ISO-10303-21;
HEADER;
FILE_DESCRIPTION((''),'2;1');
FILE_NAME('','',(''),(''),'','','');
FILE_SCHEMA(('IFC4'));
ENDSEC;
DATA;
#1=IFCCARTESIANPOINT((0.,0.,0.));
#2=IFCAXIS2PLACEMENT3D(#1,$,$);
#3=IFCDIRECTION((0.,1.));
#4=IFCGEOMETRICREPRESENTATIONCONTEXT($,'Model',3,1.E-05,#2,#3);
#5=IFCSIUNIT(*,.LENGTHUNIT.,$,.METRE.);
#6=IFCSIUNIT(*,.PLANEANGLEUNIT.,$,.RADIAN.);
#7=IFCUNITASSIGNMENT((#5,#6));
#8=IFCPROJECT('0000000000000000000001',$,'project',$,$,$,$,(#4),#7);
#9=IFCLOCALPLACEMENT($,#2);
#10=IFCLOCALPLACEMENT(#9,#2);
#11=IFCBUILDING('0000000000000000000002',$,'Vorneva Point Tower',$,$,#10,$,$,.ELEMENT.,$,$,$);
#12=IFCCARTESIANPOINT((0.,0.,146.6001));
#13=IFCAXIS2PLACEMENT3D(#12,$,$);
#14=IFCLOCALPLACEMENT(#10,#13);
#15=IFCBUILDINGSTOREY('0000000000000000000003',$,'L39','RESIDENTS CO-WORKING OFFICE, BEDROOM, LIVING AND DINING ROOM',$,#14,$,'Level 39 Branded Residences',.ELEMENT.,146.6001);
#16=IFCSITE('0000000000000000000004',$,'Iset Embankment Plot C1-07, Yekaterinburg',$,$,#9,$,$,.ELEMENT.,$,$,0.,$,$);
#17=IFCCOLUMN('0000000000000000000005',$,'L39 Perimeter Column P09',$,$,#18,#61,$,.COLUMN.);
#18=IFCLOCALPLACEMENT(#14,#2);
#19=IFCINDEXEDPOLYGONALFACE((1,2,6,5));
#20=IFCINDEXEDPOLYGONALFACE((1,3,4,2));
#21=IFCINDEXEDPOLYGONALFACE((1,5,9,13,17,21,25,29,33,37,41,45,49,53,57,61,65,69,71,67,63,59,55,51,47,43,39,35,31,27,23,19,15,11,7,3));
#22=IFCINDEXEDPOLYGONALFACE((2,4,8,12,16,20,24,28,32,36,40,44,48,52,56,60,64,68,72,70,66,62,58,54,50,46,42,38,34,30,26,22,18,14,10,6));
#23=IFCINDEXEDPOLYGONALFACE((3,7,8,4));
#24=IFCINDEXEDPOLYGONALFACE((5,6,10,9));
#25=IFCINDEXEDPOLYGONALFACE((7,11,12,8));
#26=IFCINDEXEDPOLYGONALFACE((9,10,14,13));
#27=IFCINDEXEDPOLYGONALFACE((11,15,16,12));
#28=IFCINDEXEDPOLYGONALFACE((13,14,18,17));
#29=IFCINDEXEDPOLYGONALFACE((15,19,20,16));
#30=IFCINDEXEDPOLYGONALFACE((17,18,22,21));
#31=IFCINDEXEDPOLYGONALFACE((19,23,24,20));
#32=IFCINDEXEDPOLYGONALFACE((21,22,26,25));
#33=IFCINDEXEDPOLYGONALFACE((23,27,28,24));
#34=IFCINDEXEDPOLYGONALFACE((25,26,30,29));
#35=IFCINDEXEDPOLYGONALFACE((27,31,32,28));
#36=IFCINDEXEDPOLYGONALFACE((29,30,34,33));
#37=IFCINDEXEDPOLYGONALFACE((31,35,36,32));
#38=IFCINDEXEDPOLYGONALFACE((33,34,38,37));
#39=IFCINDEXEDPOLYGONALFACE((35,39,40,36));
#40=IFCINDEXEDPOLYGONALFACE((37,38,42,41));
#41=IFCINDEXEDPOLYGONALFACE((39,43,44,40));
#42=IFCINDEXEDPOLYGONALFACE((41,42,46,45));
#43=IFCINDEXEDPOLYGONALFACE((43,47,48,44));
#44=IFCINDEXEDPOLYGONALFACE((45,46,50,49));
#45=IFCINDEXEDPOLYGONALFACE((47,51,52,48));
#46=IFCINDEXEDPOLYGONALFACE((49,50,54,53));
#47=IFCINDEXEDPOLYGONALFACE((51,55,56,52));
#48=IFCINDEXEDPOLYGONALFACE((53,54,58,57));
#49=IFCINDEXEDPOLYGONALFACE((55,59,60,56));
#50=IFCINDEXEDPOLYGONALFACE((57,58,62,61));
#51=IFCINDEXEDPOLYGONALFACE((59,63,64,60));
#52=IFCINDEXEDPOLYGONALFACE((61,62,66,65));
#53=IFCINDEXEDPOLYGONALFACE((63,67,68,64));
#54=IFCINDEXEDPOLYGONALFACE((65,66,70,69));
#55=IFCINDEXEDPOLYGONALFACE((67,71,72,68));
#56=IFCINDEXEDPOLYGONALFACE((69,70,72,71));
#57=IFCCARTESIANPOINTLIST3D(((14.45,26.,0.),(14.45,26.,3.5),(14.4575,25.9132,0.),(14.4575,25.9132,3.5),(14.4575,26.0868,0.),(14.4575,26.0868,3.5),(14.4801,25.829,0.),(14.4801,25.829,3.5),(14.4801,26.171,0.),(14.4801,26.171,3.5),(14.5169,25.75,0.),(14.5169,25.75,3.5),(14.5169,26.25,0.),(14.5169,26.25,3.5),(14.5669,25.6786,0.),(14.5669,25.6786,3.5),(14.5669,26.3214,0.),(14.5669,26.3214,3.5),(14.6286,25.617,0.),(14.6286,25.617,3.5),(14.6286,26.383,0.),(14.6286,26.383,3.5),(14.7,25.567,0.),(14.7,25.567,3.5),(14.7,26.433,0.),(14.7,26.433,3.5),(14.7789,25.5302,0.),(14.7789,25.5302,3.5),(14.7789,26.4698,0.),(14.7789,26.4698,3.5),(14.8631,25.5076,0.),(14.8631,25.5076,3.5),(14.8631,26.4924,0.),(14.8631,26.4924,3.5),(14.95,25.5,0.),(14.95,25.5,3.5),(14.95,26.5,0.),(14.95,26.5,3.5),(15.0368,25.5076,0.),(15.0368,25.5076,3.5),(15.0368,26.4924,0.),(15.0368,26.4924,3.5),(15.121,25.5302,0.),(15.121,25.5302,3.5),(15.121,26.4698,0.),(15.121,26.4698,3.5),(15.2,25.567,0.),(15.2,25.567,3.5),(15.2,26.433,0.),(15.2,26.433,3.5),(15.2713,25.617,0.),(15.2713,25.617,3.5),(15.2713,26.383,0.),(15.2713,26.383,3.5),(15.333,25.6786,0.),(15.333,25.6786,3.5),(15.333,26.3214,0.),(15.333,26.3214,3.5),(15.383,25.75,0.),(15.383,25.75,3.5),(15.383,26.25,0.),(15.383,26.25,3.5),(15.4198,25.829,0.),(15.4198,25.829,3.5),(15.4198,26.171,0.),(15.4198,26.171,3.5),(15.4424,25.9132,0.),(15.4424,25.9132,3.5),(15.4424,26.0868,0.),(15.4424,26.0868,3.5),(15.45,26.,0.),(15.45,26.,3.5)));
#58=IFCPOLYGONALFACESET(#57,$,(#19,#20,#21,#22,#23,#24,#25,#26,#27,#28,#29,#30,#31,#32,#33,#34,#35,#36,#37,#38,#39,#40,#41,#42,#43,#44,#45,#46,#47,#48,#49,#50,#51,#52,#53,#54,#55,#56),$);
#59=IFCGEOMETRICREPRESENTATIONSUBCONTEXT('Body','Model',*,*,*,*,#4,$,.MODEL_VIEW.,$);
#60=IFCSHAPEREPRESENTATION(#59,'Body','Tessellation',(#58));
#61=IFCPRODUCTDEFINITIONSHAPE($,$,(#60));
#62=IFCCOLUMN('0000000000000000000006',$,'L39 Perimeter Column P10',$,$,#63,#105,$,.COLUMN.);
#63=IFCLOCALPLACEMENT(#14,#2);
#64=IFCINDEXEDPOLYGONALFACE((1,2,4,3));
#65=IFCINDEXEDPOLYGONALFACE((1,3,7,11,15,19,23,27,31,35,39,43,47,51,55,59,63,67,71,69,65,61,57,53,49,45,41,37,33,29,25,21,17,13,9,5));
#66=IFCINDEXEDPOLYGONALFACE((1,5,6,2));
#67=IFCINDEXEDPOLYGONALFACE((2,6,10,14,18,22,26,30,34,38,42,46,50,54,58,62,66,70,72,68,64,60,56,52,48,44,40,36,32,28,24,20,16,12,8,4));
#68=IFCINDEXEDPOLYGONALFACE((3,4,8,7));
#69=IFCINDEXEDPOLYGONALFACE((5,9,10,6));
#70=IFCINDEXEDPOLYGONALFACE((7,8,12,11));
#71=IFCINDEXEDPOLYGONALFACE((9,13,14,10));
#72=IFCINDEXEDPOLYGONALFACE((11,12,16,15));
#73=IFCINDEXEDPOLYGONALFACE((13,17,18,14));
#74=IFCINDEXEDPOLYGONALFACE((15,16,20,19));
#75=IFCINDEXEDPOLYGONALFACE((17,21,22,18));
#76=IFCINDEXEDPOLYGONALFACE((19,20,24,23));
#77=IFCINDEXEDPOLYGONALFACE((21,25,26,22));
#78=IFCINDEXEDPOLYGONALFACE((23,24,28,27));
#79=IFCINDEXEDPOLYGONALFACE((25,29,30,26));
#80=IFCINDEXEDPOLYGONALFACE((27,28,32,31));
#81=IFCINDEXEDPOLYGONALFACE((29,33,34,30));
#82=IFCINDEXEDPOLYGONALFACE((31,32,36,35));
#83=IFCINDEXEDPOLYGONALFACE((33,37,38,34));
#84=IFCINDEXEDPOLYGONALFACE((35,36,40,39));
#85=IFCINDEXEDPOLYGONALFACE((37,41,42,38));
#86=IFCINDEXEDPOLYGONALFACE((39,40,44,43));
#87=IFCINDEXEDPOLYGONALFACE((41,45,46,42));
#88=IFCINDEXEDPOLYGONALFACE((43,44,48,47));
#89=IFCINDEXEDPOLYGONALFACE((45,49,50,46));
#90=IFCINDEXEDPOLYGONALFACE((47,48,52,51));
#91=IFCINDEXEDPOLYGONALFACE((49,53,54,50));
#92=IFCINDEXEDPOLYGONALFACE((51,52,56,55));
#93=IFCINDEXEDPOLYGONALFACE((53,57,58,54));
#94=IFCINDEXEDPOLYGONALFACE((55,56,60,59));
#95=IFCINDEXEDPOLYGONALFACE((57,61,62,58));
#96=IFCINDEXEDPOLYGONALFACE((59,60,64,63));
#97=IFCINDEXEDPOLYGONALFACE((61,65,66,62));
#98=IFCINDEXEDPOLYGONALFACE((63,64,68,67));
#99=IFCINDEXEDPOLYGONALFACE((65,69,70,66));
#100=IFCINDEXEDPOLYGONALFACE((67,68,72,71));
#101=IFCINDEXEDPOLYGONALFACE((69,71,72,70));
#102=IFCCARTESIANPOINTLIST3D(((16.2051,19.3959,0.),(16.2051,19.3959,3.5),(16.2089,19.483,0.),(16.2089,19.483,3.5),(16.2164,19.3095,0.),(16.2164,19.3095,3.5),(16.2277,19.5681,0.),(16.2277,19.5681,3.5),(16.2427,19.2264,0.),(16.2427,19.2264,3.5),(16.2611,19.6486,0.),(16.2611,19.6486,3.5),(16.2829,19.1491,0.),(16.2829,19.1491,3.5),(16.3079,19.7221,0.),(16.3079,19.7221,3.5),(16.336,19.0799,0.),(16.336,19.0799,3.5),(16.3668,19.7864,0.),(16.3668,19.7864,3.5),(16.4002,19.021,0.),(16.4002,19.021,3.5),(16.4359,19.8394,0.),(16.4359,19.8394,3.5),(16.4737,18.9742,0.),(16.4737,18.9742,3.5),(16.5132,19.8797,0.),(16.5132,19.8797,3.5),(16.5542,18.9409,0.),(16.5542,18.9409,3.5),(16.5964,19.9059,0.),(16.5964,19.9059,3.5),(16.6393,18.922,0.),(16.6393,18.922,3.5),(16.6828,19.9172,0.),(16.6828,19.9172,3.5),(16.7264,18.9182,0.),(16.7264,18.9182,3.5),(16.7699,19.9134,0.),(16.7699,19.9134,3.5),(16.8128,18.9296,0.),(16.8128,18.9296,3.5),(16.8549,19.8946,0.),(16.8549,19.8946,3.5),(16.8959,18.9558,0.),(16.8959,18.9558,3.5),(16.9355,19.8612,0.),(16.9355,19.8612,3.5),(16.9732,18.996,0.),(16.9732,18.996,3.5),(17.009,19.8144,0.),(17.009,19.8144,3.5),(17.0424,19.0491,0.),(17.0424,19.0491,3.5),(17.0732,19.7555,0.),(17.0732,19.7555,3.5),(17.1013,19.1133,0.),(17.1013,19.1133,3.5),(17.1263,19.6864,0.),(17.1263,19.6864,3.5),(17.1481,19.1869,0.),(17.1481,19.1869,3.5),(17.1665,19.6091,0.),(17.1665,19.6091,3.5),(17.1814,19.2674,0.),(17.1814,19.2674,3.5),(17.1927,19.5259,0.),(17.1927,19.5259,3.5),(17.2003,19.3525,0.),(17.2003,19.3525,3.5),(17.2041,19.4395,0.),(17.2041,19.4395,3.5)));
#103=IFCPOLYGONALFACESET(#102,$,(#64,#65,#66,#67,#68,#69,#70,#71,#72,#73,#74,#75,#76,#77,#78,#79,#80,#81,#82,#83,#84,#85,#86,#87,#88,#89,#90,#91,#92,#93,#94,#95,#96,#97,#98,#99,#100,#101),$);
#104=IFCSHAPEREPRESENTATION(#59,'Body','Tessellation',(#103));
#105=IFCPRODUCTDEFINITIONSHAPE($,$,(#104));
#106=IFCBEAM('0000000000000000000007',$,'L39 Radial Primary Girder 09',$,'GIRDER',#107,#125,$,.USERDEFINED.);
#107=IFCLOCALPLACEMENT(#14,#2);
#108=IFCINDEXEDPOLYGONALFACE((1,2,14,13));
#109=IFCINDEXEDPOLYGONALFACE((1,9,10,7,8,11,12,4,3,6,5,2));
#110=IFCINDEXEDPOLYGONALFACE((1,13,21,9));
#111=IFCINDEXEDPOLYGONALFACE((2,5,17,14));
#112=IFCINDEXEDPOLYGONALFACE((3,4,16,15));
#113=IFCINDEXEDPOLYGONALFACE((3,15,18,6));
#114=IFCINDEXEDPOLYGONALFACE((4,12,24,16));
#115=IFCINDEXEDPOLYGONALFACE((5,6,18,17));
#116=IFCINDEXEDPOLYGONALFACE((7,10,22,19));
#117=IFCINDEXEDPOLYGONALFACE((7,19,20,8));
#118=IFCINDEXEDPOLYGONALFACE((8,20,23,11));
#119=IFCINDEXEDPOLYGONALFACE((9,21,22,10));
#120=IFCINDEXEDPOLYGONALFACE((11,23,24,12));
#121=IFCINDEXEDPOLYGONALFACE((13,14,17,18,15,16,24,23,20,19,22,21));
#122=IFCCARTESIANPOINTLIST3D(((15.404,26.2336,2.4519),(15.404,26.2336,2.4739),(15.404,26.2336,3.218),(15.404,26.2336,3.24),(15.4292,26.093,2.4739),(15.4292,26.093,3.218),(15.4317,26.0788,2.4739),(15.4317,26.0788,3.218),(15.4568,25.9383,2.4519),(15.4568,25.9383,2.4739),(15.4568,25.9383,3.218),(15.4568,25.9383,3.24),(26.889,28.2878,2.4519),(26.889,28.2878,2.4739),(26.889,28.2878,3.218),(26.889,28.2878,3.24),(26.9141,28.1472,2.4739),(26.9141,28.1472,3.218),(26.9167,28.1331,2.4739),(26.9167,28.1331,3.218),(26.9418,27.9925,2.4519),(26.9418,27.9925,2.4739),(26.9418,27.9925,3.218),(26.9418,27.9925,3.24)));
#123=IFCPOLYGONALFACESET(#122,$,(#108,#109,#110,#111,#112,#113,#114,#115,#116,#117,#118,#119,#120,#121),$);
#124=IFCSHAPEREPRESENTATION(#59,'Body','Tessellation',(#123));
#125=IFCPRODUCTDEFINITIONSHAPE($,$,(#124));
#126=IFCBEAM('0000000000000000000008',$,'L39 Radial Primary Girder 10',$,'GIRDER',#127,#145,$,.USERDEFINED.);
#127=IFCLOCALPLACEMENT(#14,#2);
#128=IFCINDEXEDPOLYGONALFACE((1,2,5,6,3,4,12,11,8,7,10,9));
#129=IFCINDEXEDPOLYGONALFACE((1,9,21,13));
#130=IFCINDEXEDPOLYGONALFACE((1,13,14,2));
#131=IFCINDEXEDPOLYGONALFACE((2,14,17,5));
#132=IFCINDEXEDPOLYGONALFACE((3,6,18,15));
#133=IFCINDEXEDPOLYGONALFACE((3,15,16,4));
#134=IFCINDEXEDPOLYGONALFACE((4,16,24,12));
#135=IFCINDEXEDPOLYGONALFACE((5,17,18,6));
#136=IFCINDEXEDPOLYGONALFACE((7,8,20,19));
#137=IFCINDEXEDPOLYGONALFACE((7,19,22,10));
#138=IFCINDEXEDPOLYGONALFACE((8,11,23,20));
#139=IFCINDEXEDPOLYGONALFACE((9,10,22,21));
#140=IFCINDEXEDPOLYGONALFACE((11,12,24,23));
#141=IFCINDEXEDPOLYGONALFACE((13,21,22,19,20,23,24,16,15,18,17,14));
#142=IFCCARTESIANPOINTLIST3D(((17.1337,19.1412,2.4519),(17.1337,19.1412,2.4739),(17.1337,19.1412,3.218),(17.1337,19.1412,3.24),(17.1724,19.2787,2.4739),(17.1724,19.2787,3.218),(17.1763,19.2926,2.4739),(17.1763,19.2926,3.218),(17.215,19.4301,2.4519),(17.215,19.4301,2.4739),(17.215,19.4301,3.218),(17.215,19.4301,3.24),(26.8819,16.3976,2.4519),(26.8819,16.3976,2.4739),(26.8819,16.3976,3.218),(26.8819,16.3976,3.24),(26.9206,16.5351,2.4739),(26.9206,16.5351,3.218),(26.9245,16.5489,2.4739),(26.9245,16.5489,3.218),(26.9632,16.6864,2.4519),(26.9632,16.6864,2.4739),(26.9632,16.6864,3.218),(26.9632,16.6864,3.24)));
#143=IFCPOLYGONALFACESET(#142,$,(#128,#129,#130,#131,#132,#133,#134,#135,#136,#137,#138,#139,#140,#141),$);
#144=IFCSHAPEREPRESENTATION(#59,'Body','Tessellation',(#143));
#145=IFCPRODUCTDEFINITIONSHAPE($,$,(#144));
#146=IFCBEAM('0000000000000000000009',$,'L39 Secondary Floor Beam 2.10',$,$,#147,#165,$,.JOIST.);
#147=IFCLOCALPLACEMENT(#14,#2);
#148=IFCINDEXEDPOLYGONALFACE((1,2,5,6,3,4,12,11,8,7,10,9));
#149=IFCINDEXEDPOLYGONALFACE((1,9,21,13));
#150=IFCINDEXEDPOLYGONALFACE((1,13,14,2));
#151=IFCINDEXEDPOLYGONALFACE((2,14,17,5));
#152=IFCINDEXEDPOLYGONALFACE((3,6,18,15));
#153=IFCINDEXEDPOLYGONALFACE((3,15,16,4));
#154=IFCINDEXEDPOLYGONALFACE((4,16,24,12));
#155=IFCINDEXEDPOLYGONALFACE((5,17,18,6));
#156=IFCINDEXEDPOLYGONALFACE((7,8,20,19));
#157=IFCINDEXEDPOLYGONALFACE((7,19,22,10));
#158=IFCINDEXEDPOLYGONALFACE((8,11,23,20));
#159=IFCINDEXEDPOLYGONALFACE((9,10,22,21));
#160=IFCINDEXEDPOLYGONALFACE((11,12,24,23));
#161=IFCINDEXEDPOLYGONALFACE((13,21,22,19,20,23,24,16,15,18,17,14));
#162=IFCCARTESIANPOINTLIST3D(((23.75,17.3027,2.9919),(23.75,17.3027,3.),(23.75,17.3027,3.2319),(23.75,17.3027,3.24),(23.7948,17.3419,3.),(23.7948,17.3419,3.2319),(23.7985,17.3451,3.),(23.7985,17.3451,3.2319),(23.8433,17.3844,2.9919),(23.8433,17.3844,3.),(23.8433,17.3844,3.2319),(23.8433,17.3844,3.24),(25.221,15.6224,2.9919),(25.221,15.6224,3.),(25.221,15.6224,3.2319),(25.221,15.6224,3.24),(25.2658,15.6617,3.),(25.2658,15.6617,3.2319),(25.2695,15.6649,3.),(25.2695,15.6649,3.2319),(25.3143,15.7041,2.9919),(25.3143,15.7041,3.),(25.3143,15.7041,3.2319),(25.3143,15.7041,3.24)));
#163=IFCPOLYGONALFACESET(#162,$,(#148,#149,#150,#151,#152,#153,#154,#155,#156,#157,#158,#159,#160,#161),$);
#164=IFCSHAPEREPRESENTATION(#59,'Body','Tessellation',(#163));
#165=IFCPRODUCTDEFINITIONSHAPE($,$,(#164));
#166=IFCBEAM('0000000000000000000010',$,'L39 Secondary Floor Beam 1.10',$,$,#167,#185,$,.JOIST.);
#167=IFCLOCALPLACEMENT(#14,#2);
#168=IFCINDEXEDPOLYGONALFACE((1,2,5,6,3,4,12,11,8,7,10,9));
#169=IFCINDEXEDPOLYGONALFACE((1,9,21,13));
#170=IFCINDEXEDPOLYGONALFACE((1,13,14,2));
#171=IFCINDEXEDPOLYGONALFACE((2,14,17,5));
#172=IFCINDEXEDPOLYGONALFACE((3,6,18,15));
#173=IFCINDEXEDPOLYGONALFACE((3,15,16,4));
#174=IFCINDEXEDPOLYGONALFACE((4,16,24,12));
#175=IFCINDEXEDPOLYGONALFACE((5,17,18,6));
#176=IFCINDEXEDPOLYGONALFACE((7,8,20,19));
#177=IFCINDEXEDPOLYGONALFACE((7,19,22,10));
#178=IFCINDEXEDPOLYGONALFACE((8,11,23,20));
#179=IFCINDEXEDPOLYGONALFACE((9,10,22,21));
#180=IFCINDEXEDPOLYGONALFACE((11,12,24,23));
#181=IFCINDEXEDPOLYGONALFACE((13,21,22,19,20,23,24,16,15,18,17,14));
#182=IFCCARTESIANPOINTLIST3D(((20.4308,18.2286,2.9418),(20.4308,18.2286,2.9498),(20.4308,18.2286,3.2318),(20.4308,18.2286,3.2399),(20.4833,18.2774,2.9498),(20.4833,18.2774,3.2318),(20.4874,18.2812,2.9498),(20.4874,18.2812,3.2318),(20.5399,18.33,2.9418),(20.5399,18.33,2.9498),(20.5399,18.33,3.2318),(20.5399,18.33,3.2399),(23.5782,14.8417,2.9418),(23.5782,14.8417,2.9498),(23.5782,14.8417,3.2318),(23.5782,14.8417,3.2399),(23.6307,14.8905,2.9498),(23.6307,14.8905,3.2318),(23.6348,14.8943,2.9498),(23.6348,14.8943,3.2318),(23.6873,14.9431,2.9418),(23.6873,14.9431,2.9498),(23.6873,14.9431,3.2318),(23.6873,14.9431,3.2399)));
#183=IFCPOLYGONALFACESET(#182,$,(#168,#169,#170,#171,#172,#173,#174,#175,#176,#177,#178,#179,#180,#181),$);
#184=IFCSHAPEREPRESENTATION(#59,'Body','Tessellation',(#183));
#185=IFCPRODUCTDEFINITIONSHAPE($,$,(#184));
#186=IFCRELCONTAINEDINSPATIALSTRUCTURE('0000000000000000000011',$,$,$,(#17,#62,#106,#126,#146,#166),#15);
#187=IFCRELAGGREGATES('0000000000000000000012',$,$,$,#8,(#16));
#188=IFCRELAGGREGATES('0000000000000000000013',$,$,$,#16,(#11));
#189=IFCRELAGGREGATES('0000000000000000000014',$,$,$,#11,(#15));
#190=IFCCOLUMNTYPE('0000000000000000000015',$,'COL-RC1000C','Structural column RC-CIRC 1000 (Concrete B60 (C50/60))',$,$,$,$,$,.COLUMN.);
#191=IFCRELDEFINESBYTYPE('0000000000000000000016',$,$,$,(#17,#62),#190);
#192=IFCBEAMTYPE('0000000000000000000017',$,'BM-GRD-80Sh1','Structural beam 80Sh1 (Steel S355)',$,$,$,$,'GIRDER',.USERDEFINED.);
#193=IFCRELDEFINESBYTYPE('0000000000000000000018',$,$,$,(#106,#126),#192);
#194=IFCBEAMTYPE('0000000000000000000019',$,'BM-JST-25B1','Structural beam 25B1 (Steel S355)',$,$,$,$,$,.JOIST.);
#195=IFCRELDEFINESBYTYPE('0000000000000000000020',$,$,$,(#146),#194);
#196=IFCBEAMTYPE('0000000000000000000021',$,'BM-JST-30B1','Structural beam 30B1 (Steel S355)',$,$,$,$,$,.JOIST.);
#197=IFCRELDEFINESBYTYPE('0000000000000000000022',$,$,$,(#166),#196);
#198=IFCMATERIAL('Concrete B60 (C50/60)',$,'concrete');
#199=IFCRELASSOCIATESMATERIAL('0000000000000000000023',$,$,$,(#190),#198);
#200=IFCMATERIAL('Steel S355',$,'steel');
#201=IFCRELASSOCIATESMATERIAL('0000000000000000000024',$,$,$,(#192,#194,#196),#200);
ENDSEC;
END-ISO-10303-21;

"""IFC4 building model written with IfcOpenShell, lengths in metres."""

from ifc_helpers import new_model, si_unit, direction, frame, origin, origin_2d, place, context, subcontext, project, spatial, circle, i_section, extrude, material, material_profile, profile_set, type_object, element, save


model = new_model("IFC4")

# Units and contexts
model_context = context("Model", 3, precision=1e-05, world=origin(), true_north=direction((0.0, 1.0)))
body_context = subcontext(model_context, "Body", "Model", "MODEL_VIEW")
ifc_project = project(units=[si_unit("LENGTHUNIT", "METRE"), si_unit("PLANEANGLEUNIT", "RADIAN")], contexts=[model_context])

# Site, building, storey
site_placement = place(None, origin())
site = spatial("IfcSite", under=ifc_project, at=site_placement, Name="Iset Embankment Plot C1-07, Yekaterinburg", CompositionType="ELEMENT", RefElevation=0.0)
building_placement = place(site_placement, origin())
building = spatial("IfcBuilding", under=site, at=building_placement, Name="Vorneva Point Tower", CompositionType="ELEMENT")
storey_placement = place(building_placement, frame((0.0, 0.0, 146.6001)))
storey = spatial("IfcBuildingStorey", under=building, at=storey_placement, Name="L39", Description="RESIDENTS CO-WORKING OFFICE, BEDROOM, LIVING AND DINING ROOM", LongName="Level 39 Branded Residences", CompositionType="ELEMENT", Elevation=146.6001)

# Columns
ifc_material_1 = material(Name="Concrete B60 (C50/60)", Category="concrete")
ifc_material_profile_1 = material_profile(ifc_material_1, circle(Radius=0.5, at=origin_2d()), Name="RC-CIRC 1000")
ifc_profile_set_1 = profile_set([ifc_material_profile_1], Name="Concrete B60 (C50/60)")
column_type = type_object("IfcColumnType", Name="COL-RC1000C", Description="Structural column RC-CIRC 1000 (Concrete B60 (C50/60))", PredefinedType="COLUMN", material=ifc_profile_set_1)
for number, where, z_axis, x_axis, name in (
    (1, (14.95, 26.0, 0.0), (0.0, 0.0, 1.0), (-1.0, 0.0, 0.0), "L39 Perimeter Column P09"),
    (2, (16.7046, 19.4177, 0.0), (0.0, 0.0, 1.0), (-0.92388, -0.382683, 0.0), "L39 Perimeter Column P10"),
):
    element("IfcColumn", number, at=place(storey_placement, frame(where, z_axis=z_axis, x_axis=x_axis)), inside=storey, type_object=column_type, Name=name, PredefinedType="COLUMN", context=body_context, shape_type="SweptSolid", body=[
        extrude(circle(Radius=0.5, at=origin_2d()), origin(), (0.0, 0.0, 1.0), 3.5),
    ])

# Beams
ifc_material_2 = material(Name="Steel S355", Category="steel")
ifc_material_profile_2 = material_profile(ifc_material_2, i_section(OverallWidth=0.3, OverallDepth=0.7881, WebThickness=0.0144, FlangeThickness=0.022, at=origin_2d()), Name="80Sh1")
ifc_profile_set_2 = profile_set([ifc_material_profile_2], Name="Steel S355")
beam_type_1 = type_object("IfcBeamType", Name="BM-GRD-80Sh1", Description="Structural beam 80Sh1 (Steel S355)", ElementType="GIRDER", PredefinedType="USERDEFINED", material=ifc_profile_set_2)
beam_1_placement = place(storey_placement, frame((15.4304, 26.0859, 2.8459), z_axis=(0.984378, 0.176067, 0.0), x_axis=(-0.176067, 0.984378, 0.0)))
element("IfcBeam", 3, at=beam_1_placement, inside=storey, type_object=beam_type_1, Name="L39 Radial Primary Girder 09", ObjectType="GIRDER", PredefinedType="USERDEFINED", context=body_context, shape_type="SweptSolid", body=[
    extrude(i_section(OverallWidth=0.3, OverallDepth=0.7881, WebThickness=0.0144, FlangeThickness=0.022, at=origin_2d()), origin(), (0.0, 0.0, 1.0), 11.6672),
])
beam_2_placement = place(storey_placement, frame((17.1743, 19.2856, 2.8459), z_axis=(0.962601, -0.270924, 0.0), x_axis=(0.270924, 0.962601, 0.0)))
element("IfcBeam", 4, at=beam_2_placement, inside=storey, type_object=beam_type_1, Name="L39 Radial Primary Girder 10", ObjectType="GIRDER", PredefinedType="USERDEFINED", context=body_context, shape_type="SweptSolid", body=[
    extrude(i_section(OverallWidth=0.3, OverallDepth=0.7881, WebThickness=0.0144, FlangeThickness=0.022, at=origin_2d()), origin(), (0.0, 0.0, 1.0), 10.127),
])
ifc_material_profile_3 = material_profile(ifc_material_2, i_section(OverallWidth=0.124, OverallDepth=0.248, WebThickness=0.0049, FlangeThickness=0.0081, at=origin_2d()), Name="25B1")
ifc_profile_set_3 = profile_set([ifc_material_profile_3], Name="Steel S355")
beam_type_2 = type_object("IfcBeamType", Name="BM-JST-25B1", Description="Structural beam 25B1 (Steel S355)", PredefinedType="JOIST", material=ifc_profile_set_3)
beam_3_placement = place(storey_placement, frame((23.7966, 17.3435, 3.116), z_axis=(0.658706, -0.752401, 0.0), x_axis=(0.752401, 0.658706, 0.0)))
element("IfcBeam", 5, at=beam_3_placement, inside=storey, type_object=beam_type_2, Name="L39 Secondary Floor Beam 2.10", PredefinedType="JOIST", context=body_context, shape_type="SweptSolid", body=[
    extrude(i_section(OverallWidth=0.124, OverallDepth=0.248, WebThickness=0.0049, FlangeThickness=0.0081, at=origin_2d()), origin(), (0.0, 0.0, 1.0), 2.2332),
])
ifc_material_profile_4 = material_profile(ifc_material_2, i_section(OverallWidth=0.1489, OverallDepth=0.2981, WebThickness=0.0056, FlangeThickness=0.0081, at=origin_2d()), Name="30B1")
ifc_profile_set_4 = profile_set([ifc_material_profile_4], Name="Steel S355")
beam_type_3 = type_object("IfcBeamType", Name="BM-JST-30B1", Description="Structural beam 30B1 (Steel S355)", PredefinedType="JOIST", material=ifc_profile_set_4)
beam_4_placement = place(storey_placement, frame((20.4854, 18.2793, 3.0908), z_axis=(0.680733, -0.732532, 0.0), x_axis=(0.732532, 0.680733, 0.0)))
element("IfcBeam", 6, at=beam_4_placement, inside=storey, type_object=beam_type_3, Name="L39 Secondary Floor Beam 1.10", PredefinedType="JOIST", context=body_context, shape_type="SweptSolid", body=[
    extrude(i_section(OverallWidth=0.1489, OverallDepth=0.2981, WebThickness=0.0056, FlangeThickness=0.0081, at=origin_2d()), origin(), (0.0, 0.0, 1.0), 4.6235),
])

save(model, "model.ifc")
